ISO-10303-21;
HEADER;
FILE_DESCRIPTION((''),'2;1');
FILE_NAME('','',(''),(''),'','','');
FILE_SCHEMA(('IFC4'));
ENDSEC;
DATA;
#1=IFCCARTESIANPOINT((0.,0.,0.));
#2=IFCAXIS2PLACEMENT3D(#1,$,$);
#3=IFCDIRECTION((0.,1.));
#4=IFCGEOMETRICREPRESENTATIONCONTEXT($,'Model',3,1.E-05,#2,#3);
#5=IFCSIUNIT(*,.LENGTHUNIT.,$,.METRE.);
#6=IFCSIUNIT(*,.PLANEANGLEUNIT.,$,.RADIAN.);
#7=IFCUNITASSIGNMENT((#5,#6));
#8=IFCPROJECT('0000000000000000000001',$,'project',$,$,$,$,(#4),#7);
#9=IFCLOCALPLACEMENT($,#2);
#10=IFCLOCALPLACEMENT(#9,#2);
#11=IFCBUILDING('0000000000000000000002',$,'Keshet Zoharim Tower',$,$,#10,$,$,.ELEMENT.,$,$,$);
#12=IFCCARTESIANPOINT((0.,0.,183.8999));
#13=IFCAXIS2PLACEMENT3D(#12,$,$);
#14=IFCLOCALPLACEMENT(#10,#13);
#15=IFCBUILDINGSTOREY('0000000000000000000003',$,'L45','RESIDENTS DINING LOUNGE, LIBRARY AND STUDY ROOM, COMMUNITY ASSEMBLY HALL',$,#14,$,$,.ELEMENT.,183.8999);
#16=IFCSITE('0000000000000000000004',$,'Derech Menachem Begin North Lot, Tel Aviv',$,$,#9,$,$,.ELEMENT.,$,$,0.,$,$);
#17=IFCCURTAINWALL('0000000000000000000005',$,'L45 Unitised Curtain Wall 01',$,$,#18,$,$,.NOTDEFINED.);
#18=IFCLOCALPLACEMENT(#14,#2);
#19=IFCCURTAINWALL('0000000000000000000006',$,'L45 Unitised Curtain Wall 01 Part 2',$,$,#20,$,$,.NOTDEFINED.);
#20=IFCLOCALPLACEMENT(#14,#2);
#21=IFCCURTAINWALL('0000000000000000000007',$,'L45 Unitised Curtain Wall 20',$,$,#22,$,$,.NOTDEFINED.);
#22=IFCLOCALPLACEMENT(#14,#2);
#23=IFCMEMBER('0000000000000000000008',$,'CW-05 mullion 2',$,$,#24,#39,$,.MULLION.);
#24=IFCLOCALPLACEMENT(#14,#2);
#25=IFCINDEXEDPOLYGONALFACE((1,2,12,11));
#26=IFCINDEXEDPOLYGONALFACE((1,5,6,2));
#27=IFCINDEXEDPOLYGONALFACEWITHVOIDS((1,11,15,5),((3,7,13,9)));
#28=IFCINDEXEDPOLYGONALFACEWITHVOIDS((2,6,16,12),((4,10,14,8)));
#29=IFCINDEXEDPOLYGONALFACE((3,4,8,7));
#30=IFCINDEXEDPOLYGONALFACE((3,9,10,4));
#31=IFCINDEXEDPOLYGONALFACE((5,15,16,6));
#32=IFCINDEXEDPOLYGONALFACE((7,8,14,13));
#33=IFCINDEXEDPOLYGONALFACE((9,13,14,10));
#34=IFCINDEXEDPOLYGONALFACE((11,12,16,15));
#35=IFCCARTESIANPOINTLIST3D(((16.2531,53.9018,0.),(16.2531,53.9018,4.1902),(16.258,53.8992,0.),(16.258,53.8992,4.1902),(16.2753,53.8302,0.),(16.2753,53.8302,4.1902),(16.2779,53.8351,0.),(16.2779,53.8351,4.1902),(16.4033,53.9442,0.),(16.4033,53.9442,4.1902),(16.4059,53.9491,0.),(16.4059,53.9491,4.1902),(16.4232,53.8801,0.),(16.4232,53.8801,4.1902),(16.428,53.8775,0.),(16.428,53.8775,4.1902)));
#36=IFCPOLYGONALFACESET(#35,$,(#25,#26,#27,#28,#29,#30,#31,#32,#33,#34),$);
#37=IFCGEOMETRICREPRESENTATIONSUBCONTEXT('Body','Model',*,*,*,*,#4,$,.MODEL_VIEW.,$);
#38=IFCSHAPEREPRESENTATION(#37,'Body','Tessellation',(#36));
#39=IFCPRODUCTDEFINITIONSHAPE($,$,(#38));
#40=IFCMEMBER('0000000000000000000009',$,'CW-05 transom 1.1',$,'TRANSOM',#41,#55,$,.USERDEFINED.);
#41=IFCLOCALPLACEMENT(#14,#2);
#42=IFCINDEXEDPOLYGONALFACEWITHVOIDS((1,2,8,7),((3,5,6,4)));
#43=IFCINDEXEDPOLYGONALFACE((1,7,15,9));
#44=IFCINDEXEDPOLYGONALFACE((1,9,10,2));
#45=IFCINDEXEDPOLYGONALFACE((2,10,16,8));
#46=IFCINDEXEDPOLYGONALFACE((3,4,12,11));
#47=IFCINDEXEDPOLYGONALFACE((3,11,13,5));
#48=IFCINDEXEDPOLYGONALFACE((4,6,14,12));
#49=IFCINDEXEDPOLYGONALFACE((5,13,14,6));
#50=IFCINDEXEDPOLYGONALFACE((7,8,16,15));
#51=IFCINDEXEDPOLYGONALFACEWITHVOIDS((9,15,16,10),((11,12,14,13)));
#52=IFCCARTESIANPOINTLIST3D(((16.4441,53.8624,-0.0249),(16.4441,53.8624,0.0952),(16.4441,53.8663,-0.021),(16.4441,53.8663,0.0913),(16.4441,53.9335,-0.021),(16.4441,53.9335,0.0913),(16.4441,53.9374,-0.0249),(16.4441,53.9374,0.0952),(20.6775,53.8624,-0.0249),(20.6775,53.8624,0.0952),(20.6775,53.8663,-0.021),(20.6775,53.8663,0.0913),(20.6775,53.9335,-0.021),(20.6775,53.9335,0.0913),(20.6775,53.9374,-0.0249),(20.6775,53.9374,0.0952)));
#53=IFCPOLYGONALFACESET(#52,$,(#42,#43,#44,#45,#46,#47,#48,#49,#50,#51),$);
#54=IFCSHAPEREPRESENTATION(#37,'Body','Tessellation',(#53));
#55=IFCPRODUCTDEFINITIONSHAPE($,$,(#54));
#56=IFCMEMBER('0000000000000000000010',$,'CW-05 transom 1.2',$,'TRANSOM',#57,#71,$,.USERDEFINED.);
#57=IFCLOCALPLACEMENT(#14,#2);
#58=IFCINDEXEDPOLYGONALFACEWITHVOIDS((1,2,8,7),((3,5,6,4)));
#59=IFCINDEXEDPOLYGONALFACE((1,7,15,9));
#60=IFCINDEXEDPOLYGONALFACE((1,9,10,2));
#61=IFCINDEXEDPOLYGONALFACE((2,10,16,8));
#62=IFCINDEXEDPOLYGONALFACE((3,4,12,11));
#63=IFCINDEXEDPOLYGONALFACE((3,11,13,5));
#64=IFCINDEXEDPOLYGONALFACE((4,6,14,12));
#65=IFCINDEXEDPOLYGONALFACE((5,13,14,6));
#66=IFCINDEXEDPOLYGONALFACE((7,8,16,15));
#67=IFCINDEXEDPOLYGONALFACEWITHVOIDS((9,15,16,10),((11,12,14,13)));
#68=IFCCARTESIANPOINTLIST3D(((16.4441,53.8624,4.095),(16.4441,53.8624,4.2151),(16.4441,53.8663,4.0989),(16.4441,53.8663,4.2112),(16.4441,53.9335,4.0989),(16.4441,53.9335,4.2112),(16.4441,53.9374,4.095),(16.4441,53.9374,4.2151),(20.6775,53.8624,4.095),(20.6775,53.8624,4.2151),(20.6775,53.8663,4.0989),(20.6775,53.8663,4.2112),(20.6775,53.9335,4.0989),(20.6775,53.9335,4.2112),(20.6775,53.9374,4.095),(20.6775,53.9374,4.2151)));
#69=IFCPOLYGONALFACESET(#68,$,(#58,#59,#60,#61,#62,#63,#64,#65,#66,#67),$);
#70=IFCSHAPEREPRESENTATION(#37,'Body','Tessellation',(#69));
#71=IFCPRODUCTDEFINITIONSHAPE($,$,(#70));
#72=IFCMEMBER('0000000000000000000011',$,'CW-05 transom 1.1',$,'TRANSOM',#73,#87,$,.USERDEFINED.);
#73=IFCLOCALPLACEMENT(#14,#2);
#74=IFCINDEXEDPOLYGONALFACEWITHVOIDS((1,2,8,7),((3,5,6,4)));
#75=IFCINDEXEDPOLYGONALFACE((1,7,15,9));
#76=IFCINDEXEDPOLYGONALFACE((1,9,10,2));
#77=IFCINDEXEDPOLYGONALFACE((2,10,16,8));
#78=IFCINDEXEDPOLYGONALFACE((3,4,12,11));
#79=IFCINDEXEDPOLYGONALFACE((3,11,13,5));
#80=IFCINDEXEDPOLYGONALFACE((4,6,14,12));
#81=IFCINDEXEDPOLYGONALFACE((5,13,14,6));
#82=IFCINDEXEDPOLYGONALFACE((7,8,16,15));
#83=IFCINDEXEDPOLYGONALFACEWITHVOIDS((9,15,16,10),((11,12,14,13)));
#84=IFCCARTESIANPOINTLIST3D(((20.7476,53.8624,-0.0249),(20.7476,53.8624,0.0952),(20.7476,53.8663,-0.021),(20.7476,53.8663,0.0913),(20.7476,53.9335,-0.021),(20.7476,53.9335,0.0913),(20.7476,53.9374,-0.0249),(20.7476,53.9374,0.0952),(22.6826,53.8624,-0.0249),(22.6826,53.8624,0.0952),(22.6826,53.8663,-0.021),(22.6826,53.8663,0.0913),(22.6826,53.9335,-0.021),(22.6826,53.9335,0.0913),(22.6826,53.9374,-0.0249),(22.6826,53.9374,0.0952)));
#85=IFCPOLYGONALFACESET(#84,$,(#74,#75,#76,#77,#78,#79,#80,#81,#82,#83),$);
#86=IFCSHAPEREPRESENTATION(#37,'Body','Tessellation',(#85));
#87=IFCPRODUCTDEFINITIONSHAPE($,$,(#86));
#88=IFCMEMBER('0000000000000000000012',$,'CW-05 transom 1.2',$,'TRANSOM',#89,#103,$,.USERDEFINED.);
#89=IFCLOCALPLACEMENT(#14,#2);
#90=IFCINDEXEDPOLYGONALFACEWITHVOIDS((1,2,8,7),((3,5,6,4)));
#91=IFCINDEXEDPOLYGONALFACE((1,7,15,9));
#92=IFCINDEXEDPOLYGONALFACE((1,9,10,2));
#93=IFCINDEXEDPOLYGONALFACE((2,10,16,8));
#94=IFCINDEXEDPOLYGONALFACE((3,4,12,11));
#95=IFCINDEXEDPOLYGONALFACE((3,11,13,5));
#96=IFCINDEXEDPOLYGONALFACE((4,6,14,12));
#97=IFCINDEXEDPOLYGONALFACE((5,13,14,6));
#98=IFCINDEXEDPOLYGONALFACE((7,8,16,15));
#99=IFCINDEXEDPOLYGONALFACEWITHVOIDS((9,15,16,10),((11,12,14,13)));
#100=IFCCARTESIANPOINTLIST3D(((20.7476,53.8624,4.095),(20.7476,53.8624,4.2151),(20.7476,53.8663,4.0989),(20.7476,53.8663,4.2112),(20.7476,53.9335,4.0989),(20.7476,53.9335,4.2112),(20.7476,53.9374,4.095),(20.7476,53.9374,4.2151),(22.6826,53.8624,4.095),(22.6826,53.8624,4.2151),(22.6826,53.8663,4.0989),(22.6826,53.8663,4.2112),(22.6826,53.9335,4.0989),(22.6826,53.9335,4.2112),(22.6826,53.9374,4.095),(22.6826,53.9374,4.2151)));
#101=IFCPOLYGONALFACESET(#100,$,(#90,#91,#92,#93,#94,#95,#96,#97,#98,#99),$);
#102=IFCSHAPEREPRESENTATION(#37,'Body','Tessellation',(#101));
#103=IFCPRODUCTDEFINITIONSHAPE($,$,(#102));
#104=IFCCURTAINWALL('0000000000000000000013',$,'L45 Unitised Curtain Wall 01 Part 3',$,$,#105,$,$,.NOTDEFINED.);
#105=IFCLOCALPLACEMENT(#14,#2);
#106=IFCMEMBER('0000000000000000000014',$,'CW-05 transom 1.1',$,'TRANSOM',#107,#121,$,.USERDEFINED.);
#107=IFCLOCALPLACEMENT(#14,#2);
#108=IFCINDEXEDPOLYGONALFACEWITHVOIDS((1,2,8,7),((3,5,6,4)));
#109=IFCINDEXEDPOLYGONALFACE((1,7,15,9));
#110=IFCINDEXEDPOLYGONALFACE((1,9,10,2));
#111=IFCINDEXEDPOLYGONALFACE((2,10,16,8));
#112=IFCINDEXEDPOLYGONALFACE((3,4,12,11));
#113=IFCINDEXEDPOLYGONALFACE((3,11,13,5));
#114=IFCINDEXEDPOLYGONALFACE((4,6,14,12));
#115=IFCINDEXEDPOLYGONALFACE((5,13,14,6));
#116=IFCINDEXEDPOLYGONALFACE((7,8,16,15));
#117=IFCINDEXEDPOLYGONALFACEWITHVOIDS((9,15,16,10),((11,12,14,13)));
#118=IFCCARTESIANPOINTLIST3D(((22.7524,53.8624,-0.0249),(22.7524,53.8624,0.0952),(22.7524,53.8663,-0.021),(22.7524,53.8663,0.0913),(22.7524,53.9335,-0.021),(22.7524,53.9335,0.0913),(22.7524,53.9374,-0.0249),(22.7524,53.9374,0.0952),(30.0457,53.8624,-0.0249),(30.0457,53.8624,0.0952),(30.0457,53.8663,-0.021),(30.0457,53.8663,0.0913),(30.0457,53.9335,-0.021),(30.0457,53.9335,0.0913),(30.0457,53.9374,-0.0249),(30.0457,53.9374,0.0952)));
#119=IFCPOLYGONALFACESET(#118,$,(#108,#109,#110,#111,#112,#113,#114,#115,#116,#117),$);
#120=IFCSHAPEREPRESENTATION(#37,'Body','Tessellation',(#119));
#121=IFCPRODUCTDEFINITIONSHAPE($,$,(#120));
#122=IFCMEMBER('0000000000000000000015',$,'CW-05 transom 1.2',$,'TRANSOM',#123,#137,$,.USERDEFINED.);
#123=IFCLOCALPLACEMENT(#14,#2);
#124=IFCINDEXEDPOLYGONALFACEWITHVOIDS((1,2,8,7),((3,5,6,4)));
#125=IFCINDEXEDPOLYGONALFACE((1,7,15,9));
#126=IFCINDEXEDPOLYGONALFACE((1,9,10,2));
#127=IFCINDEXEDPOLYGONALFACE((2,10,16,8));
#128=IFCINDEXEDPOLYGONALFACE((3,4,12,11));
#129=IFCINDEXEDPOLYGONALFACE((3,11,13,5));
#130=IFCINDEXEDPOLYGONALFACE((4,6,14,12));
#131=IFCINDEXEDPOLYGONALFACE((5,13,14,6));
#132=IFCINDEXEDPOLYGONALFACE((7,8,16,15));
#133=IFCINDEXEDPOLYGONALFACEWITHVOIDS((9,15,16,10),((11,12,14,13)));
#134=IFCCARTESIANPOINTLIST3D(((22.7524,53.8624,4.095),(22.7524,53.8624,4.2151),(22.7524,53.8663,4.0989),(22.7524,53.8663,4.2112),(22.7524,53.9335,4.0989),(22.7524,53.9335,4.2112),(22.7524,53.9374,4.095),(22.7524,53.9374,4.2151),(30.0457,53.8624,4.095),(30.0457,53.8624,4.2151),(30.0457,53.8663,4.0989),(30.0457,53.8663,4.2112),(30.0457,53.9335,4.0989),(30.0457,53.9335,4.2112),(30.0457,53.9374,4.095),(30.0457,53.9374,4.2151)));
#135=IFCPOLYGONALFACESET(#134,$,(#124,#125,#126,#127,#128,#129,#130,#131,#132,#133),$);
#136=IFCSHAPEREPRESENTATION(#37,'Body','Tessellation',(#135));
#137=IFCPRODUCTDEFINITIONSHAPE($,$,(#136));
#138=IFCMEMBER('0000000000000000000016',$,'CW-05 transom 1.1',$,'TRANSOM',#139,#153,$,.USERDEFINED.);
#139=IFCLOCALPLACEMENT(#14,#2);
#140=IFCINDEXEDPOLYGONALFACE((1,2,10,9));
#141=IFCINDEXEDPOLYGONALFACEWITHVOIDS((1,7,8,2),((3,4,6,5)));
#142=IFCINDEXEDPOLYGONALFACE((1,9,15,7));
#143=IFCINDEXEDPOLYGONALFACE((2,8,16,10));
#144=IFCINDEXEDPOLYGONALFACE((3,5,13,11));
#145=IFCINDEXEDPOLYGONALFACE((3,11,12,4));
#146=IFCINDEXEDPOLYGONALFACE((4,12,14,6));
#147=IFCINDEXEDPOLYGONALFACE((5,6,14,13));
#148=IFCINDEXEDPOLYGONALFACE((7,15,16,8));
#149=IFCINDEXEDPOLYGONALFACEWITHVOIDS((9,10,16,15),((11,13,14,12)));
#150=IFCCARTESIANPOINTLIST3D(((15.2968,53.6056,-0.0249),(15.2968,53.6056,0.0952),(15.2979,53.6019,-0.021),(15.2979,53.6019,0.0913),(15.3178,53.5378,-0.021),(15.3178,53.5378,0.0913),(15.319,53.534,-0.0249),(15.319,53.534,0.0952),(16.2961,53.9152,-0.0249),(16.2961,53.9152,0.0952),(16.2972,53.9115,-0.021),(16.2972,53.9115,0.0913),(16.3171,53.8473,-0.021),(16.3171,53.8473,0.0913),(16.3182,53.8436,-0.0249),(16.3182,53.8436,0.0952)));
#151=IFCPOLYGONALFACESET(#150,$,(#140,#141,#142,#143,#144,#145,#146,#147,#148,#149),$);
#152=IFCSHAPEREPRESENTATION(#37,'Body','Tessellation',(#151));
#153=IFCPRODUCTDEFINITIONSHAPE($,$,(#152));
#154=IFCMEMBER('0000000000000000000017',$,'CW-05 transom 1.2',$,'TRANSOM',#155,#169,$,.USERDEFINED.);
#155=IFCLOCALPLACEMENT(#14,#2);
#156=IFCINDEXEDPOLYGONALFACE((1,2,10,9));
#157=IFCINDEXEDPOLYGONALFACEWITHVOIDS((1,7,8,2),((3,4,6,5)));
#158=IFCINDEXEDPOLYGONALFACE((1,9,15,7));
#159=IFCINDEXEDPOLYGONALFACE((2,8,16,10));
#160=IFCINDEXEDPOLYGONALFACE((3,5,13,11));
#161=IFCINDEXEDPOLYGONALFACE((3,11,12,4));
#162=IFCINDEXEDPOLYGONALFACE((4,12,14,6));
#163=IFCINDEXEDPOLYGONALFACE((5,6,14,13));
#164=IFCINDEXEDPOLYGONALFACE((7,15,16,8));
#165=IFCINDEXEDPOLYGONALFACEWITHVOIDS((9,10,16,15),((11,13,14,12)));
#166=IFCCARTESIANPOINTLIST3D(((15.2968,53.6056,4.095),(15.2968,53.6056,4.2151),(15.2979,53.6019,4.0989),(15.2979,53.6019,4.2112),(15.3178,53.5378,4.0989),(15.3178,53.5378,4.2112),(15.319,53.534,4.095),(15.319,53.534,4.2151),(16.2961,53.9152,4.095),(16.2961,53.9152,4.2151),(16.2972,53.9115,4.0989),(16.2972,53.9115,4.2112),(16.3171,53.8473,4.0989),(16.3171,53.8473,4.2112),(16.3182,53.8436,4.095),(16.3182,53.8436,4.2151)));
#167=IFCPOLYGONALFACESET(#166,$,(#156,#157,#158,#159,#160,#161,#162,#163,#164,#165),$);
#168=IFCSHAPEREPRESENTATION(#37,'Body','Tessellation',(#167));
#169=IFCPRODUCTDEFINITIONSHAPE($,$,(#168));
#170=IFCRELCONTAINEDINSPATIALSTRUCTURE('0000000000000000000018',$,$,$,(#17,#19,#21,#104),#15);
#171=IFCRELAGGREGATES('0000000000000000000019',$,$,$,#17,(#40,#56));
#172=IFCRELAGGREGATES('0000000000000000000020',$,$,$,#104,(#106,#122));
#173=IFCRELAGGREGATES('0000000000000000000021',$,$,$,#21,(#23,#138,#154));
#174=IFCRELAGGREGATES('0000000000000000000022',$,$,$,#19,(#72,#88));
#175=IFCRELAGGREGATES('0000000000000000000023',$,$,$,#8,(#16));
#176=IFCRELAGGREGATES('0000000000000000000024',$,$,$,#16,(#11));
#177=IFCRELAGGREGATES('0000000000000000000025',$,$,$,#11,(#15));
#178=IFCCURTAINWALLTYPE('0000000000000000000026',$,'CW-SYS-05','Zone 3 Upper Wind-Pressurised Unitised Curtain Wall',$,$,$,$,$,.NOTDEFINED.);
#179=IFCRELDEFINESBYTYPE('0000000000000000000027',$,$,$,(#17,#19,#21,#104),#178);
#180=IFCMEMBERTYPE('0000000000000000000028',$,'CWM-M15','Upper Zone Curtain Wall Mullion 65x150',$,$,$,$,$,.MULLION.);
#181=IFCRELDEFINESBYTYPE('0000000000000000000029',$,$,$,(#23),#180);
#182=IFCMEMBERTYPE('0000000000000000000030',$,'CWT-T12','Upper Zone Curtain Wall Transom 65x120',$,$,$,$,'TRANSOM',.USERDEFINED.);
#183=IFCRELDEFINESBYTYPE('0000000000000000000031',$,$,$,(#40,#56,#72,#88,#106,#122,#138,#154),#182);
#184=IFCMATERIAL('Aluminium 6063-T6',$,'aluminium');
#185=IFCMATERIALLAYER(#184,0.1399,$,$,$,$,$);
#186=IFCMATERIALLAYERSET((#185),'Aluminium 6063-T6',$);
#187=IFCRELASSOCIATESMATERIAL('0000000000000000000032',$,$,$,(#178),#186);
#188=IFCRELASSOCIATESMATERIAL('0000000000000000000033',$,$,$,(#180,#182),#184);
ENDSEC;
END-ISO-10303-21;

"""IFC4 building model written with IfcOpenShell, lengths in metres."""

from ifc_helpers import new_model, si_unit, direction, frame, origin, origin_2d, place, context, subcontext, project, spatial, hollow_rectangle, extrude, material, layer, layer_set, material_profile, profile_set, type_object, element, aggregate, save


model = new_model("IFC4")

# Units and contexts
model_context = context("Model", 3, precision=1e-05, world=origin(), true_north=direction((0.0, 1.0)))
body_context = subcontext(model_context, "Body", "Model", "MODEL_VIEW")
ifc_project = project(units=[si_unit("LENGTHUNIT", "METRE"), si_unit("PLANEANGLEUNIT", "RADIAN")], contexts=[model_context])

# Site, building, storey
site_placement = place(None, origin())
site = spatial("IfcSite", under=ifc_project, at=site_placement, Name="Derech Menachem Begin North Lot, Tel Aviv", CompositionType="ELEMENT", RefElevation=0.0)
building_placement = place(site_placement, origin())
building = spatial("IfcBuilding", under=site, at=building_placement, Name="Keshet Zoharim Tower", CompositionType="ELEMENT")
storey_placement = place(building_placement, frame((0.0, 0.0, 183.8999)))
storey = spatial("IfcBuildingStorey", under=building, at=storey_placement, Name="L45", Description="RESIDENTS DINING LOUNGE, LIBRARY AND STUDY ROOM, COMMUNITY ASSEMBLY HALL", CompositionType="ELEMENT", Elevation=183.8999)

# Curtain wall
ifc_material_1 = material(Name="Aluminium 6063-T6", Category="aluminium")
ifc_layer_1 = layer(ifc_material_1, 0.1399)
ifc_layer_set_1 = layer_set([ifc_layer_1], Name="Aluminium 6063-T6")
curtain_wall_type = type_object("IfcCurtainWallType", Name="CW-SYS-05", Description="Zone 3 Upper Wind-Pressurised Unitised Curtain Wall", PredefinedType="NOTDEFINED", material=ifc_layer_set_1)
curtain_wall_1_placement = place(storey_placement, origin())
curtain_wall_1 = element("IfcCurtainWall", 1, at=curtain_wall_1_placement, inside=storey, type_object=curtain_wall_type, Name="L45 Unitised Curtain Wall 01", PredefinedType="NOTDEFINED")
ifc_material_profile_1 = material_profile(ifc_material_1, hollow_rectangle(XDim=0.075, YDim=0.1599, WallThickness=0.0039, at=origin_2d()), Name="MUL-75x160")
ifc_profile_set_1 = profile_set([ifc_material_profile_1], Name="Aluminium 6063-T6")
member_type_1 = type_object("IfcMemberType", Name="CWM-M15", Description="Upper Zone Curtain Wall Mullion 65x150", PredefinedType="MULLION", material=ifc_profile_set_1)

# Curtain wall
curtain_wall_2_placement = place(storey_placement, origin())
curtain_wall_2 = element("IfcCurtainWall", 2, at=curtain_wall_2_placement, inside=storey, type_object=curtain_wall_type, Name="L45 Unitised Curtain Wall 01 Part 2", PredefinedType="NOTDEFINED")

# Curtain wall, member
curtain_wall_3_placement = place(storey_placement, origin())
curtain_wall_3 = element("IfcCurtainWall", 3, at=curtain_wall_3_placement, inside=storey, type_object=curtain_wall_type, Name="L45 Unitised Curtain Wall 20", PredefinedType="NOTDEFINED")
member_1_placement = place(storey_placement, frame((16.3406, 53.8896, 0.0), z_axis=(0.0, 0.0, 1.0), x_axis=(-0.295922, 0.955212, 0.0)))
member_1 = element("IfcMember", 4, at=member_1_placement, type_object=member_type_1, Name="CW-05 mullion 2", PredefinedType="MULLION", context=body_context, shape_type="SweptSolid", body=[
    extrude(hollow_rectangle(XDim=0.075, YDim=0.1599, WallThickness=0.0039, at=origin_2d()), origin(), (0.0, 0.0, 1.0), 4.1902),
])

# Members
ifc_material_profile_2 = material_profile(ifc_material_1, hollow_rectangle(XDim=0.075, YDim=0.1201, WallThickness=0.0039, at=origin_2d()), Name="TRN-75x120")
ifc_profile_set_2 = profile_set([ifc_material_profile_2], Name="Aluminium 6063-T6")
member_type_2 = type_object("IfcMemberType", Name="CWT-T12", Description="Upper Zone Curtain Wall Transom 65x120", ElementType="TRANSOM", PredefinedType="USERDEFINED", material=ifc_profile_set_2)
member_2_placement = place(storey_placement, frame((16.4441, 53.8999, 0.0352), z_axis=(1.0, 0.0, 0.0), x_axis=(0.0, 1.0, 0.0)))
member_2 = element("IfcMember", 5, at=member_2_placement, type_object=member_type_2, Name="CW-05 transom 1.1", ObjectType="TRANSOM", PredefinedType="USERDEFINED", context=body_context, shape_type="SweptSolid", body=[
    extrude(hollow_rectangle(XDim=0.075, YDim=0.1201, WallThickness=0.0039, at=origin_2d()), origin(), (0.0, 0.0, 1.0), 4.2334),
])
member_3_placement = place(storey_placement, frame((16.4441, 53.8999, 4.155), z_axis=(1.0, 0.0, 0.0), x_axis=(0.0, 1.0, 0.0)))
member_3 = element("IfcMember", 6, at=member_3_placement, type_object=member_type_2, Name="CW-05 transom 1.2", ObjectType="TRANSOM", PredefinedType="USERDEFINED", context=body_context, shape_type="SweptSolid", body=[
    extrude(hollow_rectangle(XDim=0.075, YDim=0.1201, WallThickness=0.0039, at=origin_2d()), origin(), (0.0, 0.0, 1.0), 4.2334),
])
member_4_placement = place(storey_placement, frame((20.7476, 53.8999, 0.0352), z_axis=(1.0, 0.0, 0.0), x_axis=(0.0, 1.0, 0.0)))
member_4 = element("IfcMember", 7, at=member_4_placement, type_object=member_type_2, Name="CW-05 transom 1.1", ObjectType="TRANSOM", PredefinedType="USERDEFINED", context=body_context, shape_type="SweptSolid", body=[
    extrude(hollow_rectangle(XDim=0.075, YDim=0.1201, WallThickness=0.0039, at=origin_2d()), origin(), (0.0, 0.0, 1.0), 1.9351),
])
member_5_placement = place(storey_placement, frame((20.7476, 53.8999, 4.155), z_axis=(1.0, 0.0, 0.0), x_axis=(0.0, 1.0, 0.0)))
member_5 = element("IfcMember", 8, at=member_5_placement, type_object=member_type_2, Name="CW-05 transom 1.2", ObjectType="TRANSOM", PredefinedType="USERDEFINED", context=body_context, shape_type="SweptSolid", body=[
    extrude(hollow_rectangle(XDim=0.075, YDim=0.1201, WallThickness=0.0039, at=origin_2d()), origin(), (0.0, 0.0, 1.0), 1.9351),
])

# Curtain wall, members
curtain_wall_4_placement = place(storey_placement, origin())
curtain_wall_4 = element("IfcCurtainWall", 9, at=curtain_wall_4_placement, inside=storey, type_object=curtain_wall_type, Name="L45 Unitised Curtain Wall 01 Part 3", PredefinedType="NOTDEFINED")
member_6_placement = place(storey_placement, frame((22.7524, 53.8999, 0.0352), z_axis=(1.0, 0.0, 0.0), x_axis=(0.0, 1.0, 0.0)))
member_6 = element("IfcMember", 10, at=member_6_placement, type_object=member_type_2, Name="CW-05 transom 1.1", ObjectType="TRANSOM", PredefinedType="USERDEFINED", context=body_context, shape_type="SweptSolid", body=[
    extrude(hollow_rectangle(XDim=0.075, YDim=0.1201, WallThickness=0.0039, at=origin_2d()), origin(), (0.0, 0.0, 1.0), 7.2932),
])
member_7_placement = place(storey_placement, frame((22.7524, 53.8999, 4.155), z_axis=(1.0, 0.0, 0.0), x_axis=(0.0, 1.0, 0.0)))
member_7 = element("IfcMember", 11, at=member_7_placement, type_object=member_type_2, Name="CW-05 transom 1.2", ObjectType="TRANSOM", PredefinedType="USERDEFINED", context=body_context, shape_type="SweptSolid", body=[
    extrude(hollow_rectangle(XDim=0.075, YDim=0.1201, WallThickness=0.0039, at=origin_2d()), origin(), (0.0, 0.0, 1.0), 7.2932),
])

# Members
member_8_placement = place(storey_placement, frame((15.3079, 53.5698, 0.0352), z_axis=(0.955212, 0.295922, 0.0), x_axis=(-0.295922, 0.955212, 0.0)))
member_8 = element("IfcMember", 12, at=member_8_placement, type_object=member_type_2, Name="CW-05 transom 1.1", ObjectType="TRANSOM", PredefinedType="USERDEFINED", context=body_context, shape_type="SweptSolid", body=[
    extrude(hollow_rectangle(XDim=0.075, YDim=0.1201, WallThickness=0.0039, at=origin_2d()), origin(), (0.0, 0.0, 1.0), 1.0461),
])
member_9_placement = place(storey_placement, frame((15.3079, 53.5698, 4.155), z_axis=(0.955212, 0.295922, 0.0), x_axis=(-0.295922, 0.955212, 0.0)))
member_9 = element("IfcMember", 13, at=member_9_placement, type_object=member_type_2, Name="CW-05 transom 1.2", ObjectType="TRANSOM", PredefinedType="USERDEFINED", context=body_context, shape_type="SweptSolid", body=[
    extrude(hollow_rectangle(XDim=0.075, YDim=0.1201, WallThickness=0.0039, at=origin_2d()), origin(), (0.0, 0.0, 1.0), 1.0461),
])

aggregate(curtain_wall_1, [member_2, member_3])
aggregate(curtain_wall_4, [member_6, member_7])
aggregate(curtain_wall_3, [member_1, member_8, member_9])
aggregate(curtain_wall_2, [member_4, member_5])

save(model, "model.ifc")
